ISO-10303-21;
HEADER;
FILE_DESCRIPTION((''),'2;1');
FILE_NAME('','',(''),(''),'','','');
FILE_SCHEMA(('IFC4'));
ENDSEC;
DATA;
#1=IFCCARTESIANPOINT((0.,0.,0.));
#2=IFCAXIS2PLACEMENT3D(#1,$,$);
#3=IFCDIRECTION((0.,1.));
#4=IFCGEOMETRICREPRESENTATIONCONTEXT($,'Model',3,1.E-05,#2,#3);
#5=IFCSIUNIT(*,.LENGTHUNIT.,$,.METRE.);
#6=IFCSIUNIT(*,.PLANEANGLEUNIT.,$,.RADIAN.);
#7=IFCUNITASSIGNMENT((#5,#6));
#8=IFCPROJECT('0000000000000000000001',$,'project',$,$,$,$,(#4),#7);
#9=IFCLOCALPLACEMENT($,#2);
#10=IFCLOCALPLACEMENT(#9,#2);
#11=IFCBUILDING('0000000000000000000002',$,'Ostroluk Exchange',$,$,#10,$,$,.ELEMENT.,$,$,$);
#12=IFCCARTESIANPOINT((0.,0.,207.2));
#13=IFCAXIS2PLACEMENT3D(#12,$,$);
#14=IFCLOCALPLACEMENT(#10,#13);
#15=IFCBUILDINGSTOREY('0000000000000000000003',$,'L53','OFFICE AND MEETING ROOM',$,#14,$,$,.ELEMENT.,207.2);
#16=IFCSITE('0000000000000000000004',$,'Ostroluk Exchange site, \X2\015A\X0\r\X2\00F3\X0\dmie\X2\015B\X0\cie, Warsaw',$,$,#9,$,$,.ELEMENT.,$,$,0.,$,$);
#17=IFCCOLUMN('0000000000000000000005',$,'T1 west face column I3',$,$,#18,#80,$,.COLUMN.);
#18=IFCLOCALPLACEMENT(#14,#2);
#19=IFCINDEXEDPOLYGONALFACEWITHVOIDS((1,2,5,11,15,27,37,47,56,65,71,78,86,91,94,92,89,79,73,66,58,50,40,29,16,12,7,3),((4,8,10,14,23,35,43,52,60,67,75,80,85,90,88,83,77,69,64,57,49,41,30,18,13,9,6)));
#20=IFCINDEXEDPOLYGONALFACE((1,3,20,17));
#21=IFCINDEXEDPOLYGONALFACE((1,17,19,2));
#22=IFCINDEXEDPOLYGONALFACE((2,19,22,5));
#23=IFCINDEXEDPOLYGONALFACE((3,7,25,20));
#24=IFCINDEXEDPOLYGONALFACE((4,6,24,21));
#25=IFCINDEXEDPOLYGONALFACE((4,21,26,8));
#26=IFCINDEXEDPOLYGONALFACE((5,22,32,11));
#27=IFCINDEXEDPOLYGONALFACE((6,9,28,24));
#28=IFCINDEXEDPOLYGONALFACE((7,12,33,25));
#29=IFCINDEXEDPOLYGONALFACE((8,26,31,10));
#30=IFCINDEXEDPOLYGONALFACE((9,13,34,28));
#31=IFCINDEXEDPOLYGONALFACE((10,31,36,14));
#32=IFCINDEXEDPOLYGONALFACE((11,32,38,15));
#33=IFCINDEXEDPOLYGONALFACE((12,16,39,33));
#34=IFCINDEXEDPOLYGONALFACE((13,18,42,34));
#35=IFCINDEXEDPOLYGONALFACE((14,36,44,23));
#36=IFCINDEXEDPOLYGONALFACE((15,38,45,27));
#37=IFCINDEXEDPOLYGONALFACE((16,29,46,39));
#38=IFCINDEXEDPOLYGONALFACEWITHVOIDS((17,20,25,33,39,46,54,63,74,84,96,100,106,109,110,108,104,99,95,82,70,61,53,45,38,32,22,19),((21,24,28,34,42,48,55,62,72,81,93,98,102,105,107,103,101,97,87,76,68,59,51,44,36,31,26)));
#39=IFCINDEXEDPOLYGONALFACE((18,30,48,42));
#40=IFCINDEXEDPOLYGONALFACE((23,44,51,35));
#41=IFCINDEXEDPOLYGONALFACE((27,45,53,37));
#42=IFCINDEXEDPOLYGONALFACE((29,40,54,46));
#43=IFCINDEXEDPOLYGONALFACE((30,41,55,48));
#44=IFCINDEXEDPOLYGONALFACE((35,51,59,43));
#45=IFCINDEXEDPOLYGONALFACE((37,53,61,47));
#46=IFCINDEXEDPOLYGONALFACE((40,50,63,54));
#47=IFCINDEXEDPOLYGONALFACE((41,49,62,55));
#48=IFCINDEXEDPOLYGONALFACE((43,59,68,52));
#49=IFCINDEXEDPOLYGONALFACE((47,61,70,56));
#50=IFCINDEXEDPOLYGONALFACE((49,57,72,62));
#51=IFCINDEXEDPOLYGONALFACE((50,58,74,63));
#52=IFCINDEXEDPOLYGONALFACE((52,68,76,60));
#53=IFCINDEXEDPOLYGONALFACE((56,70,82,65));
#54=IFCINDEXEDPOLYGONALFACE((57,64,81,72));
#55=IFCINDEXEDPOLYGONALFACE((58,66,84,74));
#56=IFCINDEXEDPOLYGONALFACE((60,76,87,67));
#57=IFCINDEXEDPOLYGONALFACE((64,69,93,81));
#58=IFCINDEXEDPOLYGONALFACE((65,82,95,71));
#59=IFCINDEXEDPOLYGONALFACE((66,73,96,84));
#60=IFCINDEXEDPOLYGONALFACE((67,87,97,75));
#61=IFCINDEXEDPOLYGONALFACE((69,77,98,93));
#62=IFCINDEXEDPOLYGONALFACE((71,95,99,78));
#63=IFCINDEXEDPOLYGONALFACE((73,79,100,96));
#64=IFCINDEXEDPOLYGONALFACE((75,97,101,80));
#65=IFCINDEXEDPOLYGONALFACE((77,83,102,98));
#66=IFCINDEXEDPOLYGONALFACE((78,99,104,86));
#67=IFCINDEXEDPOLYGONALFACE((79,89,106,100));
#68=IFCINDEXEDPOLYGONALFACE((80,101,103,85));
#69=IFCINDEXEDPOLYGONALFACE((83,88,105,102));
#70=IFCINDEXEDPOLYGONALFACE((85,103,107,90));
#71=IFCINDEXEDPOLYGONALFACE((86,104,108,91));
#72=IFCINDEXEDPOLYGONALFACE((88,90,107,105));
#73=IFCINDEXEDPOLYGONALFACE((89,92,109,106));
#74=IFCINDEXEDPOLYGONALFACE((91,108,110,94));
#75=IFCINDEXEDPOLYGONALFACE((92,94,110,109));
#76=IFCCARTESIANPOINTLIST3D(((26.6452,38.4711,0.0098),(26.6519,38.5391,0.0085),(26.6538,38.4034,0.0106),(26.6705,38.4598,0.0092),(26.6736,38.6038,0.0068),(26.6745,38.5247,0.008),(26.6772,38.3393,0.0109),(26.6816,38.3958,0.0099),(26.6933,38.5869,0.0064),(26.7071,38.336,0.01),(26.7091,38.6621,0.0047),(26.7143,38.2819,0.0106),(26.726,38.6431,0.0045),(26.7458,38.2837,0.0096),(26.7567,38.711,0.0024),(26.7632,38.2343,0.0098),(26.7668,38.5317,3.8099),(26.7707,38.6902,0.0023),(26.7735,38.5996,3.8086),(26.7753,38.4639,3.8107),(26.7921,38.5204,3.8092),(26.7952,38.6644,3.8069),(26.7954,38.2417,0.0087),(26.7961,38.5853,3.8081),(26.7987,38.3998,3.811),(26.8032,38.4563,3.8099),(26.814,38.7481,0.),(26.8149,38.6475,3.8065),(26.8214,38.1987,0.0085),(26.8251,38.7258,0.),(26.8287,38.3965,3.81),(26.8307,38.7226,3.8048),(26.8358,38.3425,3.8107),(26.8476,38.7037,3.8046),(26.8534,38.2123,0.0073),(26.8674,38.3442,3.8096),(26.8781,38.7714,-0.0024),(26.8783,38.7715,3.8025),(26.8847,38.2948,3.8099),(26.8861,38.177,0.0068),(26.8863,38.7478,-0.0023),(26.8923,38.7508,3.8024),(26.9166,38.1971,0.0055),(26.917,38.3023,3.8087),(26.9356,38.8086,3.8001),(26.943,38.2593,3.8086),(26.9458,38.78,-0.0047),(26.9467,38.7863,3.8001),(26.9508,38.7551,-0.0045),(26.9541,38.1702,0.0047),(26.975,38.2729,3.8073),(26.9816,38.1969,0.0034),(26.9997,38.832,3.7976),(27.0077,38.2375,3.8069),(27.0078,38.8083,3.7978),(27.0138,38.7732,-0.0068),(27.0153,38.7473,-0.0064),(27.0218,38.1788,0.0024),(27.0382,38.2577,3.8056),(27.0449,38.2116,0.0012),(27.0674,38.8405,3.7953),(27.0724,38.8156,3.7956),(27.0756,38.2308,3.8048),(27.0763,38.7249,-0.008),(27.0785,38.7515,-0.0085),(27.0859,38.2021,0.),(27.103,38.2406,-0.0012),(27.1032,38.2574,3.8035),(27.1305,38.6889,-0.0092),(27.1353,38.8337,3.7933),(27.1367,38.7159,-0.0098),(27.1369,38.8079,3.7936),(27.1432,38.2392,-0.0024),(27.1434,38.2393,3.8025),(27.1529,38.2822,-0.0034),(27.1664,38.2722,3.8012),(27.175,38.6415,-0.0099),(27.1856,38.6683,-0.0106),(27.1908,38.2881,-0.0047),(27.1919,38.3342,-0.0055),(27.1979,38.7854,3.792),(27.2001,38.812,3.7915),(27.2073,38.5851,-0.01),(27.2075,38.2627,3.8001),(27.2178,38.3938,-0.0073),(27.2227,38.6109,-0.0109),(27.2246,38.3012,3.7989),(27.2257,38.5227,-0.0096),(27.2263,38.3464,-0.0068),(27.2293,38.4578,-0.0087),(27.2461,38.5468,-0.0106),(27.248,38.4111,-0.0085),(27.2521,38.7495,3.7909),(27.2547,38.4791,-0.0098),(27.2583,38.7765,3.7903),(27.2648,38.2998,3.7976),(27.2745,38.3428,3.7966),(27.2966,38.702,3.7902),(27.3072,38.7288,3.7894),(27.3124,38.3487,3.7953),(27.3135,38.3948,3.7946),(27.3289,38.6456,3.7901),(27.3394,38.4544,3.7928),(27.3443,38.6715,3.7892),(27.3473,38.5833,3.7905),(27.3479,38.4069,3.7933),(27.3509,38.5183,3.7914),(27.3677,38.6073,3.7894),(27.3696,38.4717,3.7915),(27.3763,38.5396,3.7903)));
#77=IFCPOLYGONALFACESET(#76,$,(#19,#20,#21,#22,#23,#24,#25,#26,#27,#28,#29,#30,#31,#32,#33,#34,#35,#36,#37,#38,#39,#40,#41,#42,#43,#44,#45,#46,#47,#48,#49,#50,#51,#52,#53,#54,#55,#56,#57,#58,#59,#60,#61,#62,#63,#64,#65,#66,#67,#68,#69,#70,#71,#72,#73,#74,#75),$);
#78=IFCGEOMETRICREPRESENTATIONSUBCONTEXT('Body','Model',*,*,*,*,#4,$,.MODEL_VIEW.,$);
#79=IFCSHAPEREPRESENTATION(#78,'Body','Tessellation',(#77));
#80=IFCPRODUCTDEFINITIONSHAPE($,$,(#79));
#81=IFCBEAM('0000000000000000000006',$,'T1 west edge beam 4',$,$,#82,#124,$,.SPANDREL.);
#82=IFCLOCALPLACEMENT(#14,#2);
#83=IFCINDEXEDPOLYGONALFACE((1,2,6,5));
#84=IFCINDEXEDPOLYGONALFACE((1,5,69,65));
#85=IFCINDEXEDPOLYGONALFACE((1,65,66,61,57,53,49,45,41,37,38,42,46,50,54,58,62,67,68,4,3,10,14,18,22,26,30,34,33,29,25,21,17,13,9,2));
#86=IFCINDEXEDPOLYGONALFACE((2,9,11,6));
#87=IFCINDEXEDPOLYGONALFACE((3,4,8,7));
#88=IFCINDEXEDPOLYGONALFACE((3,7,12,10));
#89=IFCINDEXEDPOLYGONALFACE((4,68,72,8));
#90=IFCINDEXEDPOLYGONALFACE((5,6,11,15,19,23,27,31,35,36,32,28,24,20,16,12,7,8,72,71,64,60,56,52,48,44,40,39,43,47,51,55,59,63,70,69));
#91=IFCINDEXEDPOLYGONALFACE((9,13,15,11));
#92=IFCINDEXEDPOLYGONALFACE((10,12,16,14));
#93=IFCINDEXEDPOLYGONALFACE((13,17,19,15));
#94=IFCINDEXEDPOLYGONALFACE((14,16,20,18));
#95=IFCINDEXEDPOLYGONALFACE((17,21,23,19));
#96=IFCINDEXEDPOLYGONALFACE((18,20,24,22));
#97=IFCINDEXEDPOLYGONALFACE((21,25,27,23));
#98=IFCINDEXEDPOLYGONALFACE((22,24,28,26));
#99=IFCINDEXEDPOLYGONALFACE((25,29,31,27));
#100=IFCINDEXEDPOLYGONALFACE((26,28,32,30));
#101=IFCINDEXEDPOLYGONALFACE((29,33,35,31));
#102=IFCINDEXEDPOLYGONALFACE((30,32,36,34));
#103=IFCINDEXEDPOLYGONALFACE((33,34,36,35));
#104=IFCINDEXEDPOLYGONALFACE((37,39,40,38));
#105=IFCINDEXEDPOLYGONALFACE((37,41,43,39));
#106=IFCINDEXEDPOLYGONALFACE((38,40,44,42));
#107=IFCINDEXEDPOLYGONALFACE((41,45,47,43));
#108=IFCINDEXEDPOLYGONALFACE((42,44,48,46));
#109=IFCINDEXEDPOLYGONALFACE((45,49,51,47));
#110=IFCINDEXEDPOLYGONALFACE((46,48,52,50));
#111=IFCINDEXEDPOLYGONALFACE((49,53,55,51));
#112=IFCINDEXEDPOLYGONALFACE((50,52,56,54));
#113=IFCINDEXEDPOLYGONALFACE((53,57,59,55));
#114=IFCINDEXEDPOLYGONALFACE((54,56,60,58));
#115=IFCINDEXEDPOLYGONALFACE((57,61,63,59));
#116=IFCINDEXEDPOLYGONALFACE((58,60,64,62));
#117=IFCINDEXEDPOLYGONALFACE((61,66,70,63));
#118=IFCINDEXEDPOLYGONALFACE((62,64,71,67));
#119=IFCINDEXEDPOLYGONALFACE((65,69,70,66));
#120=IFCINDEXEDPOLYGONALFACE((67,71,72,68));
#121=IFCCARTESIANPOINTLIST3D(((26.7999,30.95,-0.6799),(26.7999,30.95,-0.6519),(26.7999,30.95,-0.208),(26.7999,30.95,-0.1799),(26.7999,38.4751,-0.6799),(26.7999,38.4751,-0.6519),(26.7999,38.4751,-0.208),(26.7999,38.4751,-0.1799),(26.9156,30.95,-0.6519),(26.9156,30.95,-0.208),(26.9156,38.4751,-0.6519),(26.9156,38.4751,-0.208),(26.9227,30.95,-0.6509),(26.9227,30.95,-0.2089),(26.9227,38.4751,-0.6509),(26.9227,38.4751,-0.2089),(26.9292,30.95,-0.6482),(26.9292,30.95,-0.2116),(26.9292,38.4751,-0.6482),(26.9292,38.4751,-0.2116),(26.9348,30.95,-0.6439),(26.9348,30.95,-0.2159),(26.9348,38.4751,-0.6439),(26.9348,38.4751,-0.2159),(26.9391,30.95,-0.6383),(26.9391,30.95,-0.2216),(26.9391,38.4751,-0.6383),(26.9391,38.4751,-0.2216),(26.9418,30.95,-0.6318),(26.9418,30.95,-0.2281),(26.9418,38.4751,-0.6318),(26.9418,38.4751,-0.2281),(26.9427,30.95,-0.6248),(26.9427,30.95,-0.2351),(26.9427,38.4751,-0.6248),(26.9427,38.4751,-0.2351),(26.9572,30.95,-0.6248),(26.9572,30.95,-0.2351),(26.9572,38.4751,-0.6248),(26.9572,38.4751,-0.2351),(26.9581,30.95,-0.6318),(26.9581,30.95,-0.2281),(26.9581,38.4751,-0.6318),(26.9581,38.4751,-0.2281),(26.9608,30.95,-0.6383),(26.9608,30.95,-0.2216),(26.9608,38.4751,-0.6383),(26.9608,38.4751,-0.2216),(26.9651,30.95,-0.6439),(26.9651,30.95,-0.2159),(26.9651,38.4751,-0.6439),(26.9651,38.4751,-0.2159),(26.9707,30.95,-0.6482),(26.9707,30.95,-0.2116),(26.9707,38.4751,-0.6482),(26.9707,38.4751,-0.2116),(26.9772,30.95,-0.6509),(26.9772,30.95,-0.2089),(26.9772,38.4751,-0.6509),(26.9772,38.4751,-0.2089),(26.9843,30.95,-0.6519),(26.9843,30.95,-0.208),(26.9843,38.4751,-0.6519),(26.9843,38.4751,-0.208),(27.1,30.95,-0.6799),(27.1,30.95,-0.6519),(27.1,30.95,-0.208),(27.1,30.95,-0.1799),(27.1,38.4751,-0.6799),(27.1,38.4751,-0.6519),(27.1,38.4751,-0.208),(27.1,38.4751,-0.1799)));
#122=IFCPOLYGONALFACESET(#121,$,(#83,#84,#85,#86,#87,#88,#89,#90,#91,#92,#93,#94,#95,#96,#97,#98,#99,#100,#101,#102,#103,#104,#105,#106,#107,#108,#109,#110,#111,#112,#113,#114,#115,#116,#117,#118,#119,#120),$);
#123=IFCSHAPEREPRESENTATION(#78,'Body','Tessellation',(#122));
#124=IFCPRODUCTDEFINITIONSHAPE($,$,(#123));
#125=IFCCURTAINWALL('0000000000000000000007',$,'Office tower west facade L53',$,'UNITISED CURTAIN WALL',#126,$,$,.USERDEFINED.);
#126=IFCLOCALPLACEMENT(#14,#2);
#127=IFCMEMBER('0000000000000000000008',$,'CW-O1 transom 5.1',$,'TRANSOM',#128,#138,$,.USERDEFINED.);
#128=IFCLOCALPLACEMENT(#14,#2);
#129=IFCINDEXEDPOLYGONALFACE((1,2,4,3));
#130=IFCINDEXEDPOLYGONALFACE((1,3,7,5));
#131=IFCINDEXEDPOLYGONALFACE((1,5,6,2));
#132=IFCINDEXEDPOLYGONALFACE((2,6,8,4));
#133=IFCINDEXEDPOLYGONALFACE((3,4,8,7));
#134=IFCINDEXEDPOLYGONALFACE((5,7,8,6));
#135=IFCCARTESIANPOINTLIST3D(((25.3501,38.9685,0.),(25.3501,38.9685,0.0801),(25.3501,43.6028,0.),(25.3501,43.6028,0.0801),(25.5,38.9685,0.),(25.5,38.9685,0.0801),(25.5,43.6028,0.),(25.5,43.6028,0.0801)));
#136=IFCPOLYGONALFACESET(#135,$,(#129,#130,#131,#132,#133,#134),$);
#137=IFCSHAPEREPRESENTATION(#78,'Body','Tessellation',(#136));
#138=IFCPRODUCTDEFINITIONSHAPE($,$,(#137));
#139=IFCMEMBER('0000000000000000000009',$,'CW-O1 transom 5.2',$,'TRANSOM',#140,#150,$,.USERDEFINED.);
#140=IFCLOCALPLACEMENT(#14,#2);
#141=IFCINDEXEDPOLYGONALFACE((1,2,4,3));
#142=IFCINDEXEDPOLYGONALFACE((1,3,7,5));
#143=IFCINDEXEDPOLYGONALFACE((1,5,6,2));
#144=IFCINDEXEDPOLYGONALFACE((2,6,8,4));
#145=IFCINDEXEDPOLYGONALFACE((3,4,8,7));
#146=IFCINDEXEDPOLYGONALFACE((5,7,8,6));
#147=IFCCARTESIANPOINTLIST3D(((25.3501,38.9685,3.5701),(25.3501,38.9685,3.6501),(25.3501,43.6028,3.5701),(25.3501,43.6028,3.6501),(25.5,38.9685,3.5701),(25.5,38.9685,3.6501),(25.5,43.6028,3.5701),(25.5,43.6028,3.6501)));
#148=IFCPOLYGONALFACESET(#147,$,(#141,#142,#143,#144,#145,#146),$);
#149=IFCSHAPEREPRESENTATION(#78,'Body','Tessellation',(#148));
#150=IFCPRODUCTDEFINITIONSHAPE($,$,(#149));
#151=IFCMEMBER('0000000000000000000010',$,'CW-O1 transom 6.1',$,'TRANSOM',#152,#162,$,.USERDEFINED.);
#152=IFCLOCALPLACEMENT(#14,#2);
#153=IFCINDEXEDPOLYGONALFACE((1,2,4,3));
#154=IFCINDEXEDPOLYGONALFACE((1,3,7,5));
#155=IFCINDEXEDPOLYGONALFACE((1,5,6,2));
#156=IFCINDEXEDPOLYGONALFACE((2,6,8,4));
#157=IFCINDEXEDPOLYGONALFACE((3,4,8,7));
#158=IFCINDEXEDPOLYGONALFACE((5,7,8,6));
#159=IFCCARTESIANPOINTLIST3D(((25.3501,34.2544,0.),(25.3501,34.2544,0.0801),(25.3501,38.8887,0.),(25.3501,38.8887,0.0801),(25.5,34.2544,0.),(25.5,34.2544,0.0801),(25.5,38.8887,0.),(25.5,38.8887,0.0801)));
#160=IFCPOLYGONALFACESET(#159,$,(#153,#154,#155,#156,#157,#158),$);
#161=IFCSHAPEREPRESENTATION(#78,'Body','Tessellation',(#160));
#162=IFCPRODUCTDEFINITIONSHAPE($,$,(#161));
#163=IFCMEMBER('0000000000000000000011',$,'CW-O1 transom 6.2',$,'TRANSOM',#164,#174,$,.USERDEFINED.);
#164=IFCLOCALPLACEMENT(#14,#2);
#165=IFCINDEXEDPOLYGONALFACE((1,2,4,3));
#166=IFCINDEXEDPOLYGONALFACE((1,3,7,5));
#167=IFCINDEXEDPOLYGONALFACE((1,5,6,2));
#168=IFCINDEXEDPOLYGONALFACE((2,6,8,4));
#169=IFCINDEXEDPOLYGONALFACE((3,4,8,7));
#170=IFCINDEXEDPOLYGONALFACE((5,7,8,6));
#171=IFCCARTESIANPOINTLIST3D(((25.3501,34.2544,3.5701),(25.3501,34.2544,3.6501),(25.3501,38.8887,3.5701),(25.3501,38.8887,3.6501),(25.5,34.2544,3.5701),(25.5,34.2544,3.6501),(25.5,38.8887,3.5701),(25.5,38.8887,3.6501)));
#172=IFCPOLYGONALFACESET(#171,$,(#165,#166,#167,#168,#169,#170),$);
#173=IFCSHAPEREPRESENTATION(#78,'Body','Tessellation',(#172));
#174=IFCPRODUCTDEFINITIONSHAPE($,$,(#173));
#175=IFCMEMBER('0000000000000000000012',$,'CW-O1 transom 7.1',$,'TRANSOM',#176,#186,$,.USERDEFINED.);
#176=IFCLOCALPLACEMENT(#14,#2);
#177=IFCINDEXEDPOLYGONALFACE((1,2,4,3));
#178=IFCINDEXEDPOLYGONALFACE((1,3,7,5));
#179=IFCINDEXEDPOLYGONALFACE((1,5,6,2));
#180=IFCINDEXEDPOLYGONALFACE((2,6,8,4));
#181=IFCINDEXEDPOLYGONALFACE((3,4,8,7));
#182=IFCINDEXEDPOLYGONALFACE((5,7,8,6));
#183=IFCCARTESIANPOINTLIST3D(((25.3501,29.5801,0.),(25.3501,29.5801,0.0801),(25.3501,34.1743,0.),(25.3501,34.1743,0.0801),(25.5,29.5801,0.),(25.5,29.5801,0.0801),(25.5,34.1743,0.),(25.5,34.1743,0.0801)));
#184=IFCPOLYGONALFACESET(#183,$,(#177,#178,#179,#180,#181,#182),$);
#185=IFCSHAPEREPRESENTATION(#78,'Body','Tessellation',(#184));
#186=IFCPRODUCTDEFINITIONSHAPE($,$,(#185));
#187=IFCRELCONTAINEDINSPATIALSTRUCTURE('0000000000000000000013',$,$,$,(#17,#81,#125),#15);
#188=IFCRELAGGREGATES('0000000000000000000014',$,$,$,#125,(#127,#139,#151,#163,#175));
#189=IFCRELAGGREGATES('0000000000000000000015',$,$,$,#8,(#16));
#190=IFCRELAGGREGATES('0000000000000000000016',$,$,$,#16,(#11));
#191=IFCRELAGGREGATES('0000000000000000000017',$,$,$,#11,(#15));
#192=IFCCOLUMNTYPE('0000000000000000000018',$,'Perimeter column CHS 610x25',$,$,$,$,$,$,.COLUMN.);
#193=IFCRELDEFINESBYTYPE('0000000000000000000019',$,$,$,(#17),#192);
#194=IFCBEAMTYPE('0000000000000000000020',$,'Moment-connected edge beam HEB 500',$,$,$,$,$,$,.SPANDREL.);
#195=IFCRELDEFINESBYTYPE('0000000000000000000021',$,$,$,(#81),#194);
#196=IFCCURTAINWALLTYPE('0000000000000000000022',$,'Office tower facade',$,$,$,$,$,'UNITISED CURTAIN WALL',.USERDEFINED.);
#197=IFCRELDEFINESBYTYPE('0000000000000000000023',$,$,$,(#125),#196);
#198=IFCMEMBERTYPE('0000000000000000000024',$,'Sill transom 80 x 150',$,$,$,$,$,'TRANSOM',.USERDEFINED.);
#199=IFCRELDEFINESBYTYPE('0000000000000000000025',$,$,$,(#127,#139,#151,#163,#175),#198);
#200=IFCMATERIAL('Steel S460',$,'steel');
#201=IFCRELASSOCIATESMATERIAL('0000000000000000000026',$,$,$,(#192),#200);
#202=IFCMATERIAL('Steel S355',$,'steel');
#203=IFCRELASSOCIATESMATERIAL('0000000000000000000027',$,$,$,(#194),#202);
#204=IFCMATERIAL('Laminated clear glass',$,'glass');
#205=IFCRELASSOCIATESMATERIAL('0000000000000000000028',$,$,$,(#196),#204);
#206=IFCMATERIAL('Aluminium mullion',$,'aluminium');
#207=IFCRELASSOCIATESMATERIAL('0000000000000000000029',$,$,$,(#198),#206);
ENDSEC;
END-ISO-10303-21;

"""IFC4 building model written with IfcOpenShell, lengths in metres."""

from ifc_helpers import new_model, si_unit, direction, frame, origin, origin_2d, place, context, subcontext, project, spatial, rectangle, hollow_circle, i_section, extrude, material, material_profile, profile_set, type_object, element, aggregate, save


model = new_model("IFC4")

# Units and contexts
model_context = context("Model", 3, precision=1e-05, world=origin(), true_north=direction((0.0, 1.0)))
body_context = subcontext(model_context, "Body", "Model", "MODEL_VIEW")
ifc_project = project(units=[si_unit("LENGTHUNIT", "METRE"), si_unit("PLANEANGLEUNIT", "RADIAN")], contexts=[model_context])

# Site, building, storey
site_placement = place(None, origin())
site = spatial("IfcSite", under=ifc_project, at=site_placement, Name="Ostroluk Exchange site, Śródmieście, Warsaw", CompositionType="ELEMENT", RefElevation=0.0)
building_placement = place(site_placement, origin())
building = spatial("IfcBuilding", under=site, at=building_placement, Name="Ostroluk Exchange", CompositionType="ELEMENT")
storey_placement = place(building_placement, frame((0.0, 0.0, 207.2)))
storey = spatial("IfcBuildingStorey", under=building, at=storey_placement, Name="L53", Description="OFFICE AND MEETING ROOM", CompositionType="ELEMENT", Elevation=207.2)

# Column
ifc_material_1 = material(Name="Steel S460", Category="steel")
ifc_material_profile_1 = material_profile(ifc_material_1, hollow_circle(Radius=0.3049, WallThickness=0.0249, at=origin_2d()), Name="CHS 610x25")
ifc_profile_set_1 = profile_set([ifc_material_profile_1], Name="Steel S460")
column_type = type_object("IfcColumnType", Name="Perimeter column CHS 610x25", PredefinedType="COLUMN", material=ifc_profile_set_1)
column_placement = place(storey_placement, frame((26.95, 38.4751, 0.0), z_axis=(0.031974, 0.015923, 0.999362), x_axis=(-0.445775, 0.895145, 0.0)))
element("IfcColumn", 1, at=column_placement, inside=storey, type_object=column_type, Name="T1 west face column I3", PredefinedType="COLUMN", context=body_context, shape_type="SweptSolid", body=[
    extrude(hollow_circle(Radius=0.3049, WallThickness=0.0249, at=origin_2d()), origin(), (0.0, 0.0, 1.0), 3.8025),
])

# Beam
ifc_material_2 = material(Name="Steel S355", Category="steel")
ifc_material_profile_2 = material_profile(ifc_material_2, i_section(OverallWidth=0.3, OverallDepth=0.5, WebThickness=0.0144, FlangeThickness=0.0281, FilletRadius=0.0271, at=origin_2d()), Name="HEB 500")
ifc_profile_set_2 = profile_set([ifc_material_profile_2], Name="Steel S355")
beam_type = type_object("IfcBeamType", Name="Moment-connected edge beam HEB 500", PredefinedType="SPANDREL", material=ifc_profile_set_2)
beam_placement = place(storey_placement, frame((26.95, 38.4751, -0.4299), z_axis=(0.0, -1.0, 0.0), x_axis=(1.0, 0.0, 0.0)))
element("IfcBeam", 2, at=beam_placement, inside=storey, type_object=beam_type, Name="T1 west edge beam 4", PredefinedType="SPANDREL", context=body_context, shape_type="SweptSolid", body=[
    extrude(i_section(OverallWidth=0.3, OverallDepth=0.5, WebThickness=0.0144, FlangeThickness=0.0281, FilletRadius=0.0271, at=origin_2d()), origin(), (0.0, 0.0, 1.0), 7.5251),
])

# Curtain wall, members
ifc_material_3 = material(Name="Laminated clear glass", Category="glass")
curtain_wall_type = type_object("IfcCurtainWallType", Name="Office tower facade", ElementType="UNITISED CURTAIN WALL", PredefinedType="USERDEFINED", material=ifc_material_3)
curtain_wall_placement = place(storey_placement, origin())
curtain_wall = element("IfcCurtainWall", 3, at=curtain_wall_placement, inside=storey, type_object=curtain_wall_type, Name="Office tower west facade L53", ObjectType="UNITISED CURTAIN WALL", PredefinedType="USERDEFINED")
ifc_material_4 = material(Name="Aluminium mullion", Category="aluminium")
ifc_material_profile_3 = material_profile(ifc_material_4, rectangle(XDim=0.1499, YDim=0.0801, at=origin_2d()), Name="Sill transom 80 x 150")
ifc_profile_set_3 = profile_set([ifc_material_profile_3], Name="Aluminium mullion")
member_type_1 = type_object("IfcMemberType", Name="Sill transom 80 x 150", ElementType="TRANSOM", PredefinedType="USERDEFINED", material=ifc_profile_set_3)
member_1_placement = place(storey_placement, frame((25.425, 43.6028, 0.04), z_axis=(0.0, -1.0, 0.0), x_axis=(1.0, 0.0, 0.0)))
member_1 = element("IfcMember", 4, at=member_1_placement, type_object=member_type_1, Name="CW-O1 transom 5.1", ObjectType="TRANSOM", PredefinedType="USERDEFINED", context=body_context, shape_type="SweptSolid", body=[
    extrude(rectangle(XDim=0.1499, YDim=0.0801, at=origin_2d()), origin(), (0.0, 0.0, 1.0), 4.6343),
])
member_2_placement = place(storey_placement, frame((25.425, 43.6028, 3.6101), z_axis=(0.0, -1.0, 0.0), x_axis=(1.0, 0.0, 0.0)))
member_2 = element("IfcMember", 5, at=member_2_placement, type_object=member_type_1, Name="CW-O1 transom 5.2", ObjectType="TRANSOM", PredefinedType="USERDEFINED", context=body_context, shape_type="SweptSolid", body=[
    extrude(rectangle(XDim=0.1499, YDim=0.0801, at=origin_2d()), origin(), (0.0, 0.0, 1.0), 4.6343),
])
member_3_placement = place(storey_placement, frame((25.425, 38.8887, 0.04), z_axis=(0.0, -1.0, 0.0), x_axis=(1.0, 0.0, 0.0)))
member_3 = element("IfcMember", 6, at=member_3_placement, type_object=member_type_1, Name="CW-O1 transom 6.1", ObjectType="TRANSOM", PredefinedType="USERDEFINED", context=body_context, shape_type="SweptSolid", body=[
    extrude(rectangle(XDim=0.1499, YDim=0.0801, at=origin_2d()), origin(), (0.0, 0.0, 1.0), 4.6343),
])
member_4_placement = place(storey_placement, frame((25.425, 38.8887, 3.6101), z_axis=(0.0, -1.0, 0.0), x_axis=(1.0, 0.0, 0.0)))
member_4 = element("IfcMember", 7, at=member_4_placement, type_object=member_type_1, Name="CW-O1 transom 6.2", ObjectType="TRANSOM", PredefinedType="USERDEFINED", context=body_context, shape_type="SweptSolid", body=[
    extrude(rectangle(XDim=0.1499, YDim=0.0801, at=origin_2d()), origin(), (0.0, 0.0, 1.0), 4.6343),
])
member_5_placement = place(storey_placement, frame((25.425, 34.1743, 0.04), z_axis=(0.0, -1.0, 0.0), x_axis=(1.0, 0.0, 0.0)))
member_5 = element("IfcMember", 8, at=member_5_placement, type_object=member_type_1, Name="CW-O1 transom 7.1", ObjectType="TRANSOM", PredefinedType="USERDEFINED", context=body_context, shape_type="SweptSolid", body=[
    extrude(rectangle(XDim=0.1499, YDim=0.0801, at=origin_2d()), origin(), (0.0, 0.0, 1.0), 4.5942),
])
aggregate(curtain_wall, [member_1, member_2, member_3, member_4, member_5])

save(model, "model.ifc")
